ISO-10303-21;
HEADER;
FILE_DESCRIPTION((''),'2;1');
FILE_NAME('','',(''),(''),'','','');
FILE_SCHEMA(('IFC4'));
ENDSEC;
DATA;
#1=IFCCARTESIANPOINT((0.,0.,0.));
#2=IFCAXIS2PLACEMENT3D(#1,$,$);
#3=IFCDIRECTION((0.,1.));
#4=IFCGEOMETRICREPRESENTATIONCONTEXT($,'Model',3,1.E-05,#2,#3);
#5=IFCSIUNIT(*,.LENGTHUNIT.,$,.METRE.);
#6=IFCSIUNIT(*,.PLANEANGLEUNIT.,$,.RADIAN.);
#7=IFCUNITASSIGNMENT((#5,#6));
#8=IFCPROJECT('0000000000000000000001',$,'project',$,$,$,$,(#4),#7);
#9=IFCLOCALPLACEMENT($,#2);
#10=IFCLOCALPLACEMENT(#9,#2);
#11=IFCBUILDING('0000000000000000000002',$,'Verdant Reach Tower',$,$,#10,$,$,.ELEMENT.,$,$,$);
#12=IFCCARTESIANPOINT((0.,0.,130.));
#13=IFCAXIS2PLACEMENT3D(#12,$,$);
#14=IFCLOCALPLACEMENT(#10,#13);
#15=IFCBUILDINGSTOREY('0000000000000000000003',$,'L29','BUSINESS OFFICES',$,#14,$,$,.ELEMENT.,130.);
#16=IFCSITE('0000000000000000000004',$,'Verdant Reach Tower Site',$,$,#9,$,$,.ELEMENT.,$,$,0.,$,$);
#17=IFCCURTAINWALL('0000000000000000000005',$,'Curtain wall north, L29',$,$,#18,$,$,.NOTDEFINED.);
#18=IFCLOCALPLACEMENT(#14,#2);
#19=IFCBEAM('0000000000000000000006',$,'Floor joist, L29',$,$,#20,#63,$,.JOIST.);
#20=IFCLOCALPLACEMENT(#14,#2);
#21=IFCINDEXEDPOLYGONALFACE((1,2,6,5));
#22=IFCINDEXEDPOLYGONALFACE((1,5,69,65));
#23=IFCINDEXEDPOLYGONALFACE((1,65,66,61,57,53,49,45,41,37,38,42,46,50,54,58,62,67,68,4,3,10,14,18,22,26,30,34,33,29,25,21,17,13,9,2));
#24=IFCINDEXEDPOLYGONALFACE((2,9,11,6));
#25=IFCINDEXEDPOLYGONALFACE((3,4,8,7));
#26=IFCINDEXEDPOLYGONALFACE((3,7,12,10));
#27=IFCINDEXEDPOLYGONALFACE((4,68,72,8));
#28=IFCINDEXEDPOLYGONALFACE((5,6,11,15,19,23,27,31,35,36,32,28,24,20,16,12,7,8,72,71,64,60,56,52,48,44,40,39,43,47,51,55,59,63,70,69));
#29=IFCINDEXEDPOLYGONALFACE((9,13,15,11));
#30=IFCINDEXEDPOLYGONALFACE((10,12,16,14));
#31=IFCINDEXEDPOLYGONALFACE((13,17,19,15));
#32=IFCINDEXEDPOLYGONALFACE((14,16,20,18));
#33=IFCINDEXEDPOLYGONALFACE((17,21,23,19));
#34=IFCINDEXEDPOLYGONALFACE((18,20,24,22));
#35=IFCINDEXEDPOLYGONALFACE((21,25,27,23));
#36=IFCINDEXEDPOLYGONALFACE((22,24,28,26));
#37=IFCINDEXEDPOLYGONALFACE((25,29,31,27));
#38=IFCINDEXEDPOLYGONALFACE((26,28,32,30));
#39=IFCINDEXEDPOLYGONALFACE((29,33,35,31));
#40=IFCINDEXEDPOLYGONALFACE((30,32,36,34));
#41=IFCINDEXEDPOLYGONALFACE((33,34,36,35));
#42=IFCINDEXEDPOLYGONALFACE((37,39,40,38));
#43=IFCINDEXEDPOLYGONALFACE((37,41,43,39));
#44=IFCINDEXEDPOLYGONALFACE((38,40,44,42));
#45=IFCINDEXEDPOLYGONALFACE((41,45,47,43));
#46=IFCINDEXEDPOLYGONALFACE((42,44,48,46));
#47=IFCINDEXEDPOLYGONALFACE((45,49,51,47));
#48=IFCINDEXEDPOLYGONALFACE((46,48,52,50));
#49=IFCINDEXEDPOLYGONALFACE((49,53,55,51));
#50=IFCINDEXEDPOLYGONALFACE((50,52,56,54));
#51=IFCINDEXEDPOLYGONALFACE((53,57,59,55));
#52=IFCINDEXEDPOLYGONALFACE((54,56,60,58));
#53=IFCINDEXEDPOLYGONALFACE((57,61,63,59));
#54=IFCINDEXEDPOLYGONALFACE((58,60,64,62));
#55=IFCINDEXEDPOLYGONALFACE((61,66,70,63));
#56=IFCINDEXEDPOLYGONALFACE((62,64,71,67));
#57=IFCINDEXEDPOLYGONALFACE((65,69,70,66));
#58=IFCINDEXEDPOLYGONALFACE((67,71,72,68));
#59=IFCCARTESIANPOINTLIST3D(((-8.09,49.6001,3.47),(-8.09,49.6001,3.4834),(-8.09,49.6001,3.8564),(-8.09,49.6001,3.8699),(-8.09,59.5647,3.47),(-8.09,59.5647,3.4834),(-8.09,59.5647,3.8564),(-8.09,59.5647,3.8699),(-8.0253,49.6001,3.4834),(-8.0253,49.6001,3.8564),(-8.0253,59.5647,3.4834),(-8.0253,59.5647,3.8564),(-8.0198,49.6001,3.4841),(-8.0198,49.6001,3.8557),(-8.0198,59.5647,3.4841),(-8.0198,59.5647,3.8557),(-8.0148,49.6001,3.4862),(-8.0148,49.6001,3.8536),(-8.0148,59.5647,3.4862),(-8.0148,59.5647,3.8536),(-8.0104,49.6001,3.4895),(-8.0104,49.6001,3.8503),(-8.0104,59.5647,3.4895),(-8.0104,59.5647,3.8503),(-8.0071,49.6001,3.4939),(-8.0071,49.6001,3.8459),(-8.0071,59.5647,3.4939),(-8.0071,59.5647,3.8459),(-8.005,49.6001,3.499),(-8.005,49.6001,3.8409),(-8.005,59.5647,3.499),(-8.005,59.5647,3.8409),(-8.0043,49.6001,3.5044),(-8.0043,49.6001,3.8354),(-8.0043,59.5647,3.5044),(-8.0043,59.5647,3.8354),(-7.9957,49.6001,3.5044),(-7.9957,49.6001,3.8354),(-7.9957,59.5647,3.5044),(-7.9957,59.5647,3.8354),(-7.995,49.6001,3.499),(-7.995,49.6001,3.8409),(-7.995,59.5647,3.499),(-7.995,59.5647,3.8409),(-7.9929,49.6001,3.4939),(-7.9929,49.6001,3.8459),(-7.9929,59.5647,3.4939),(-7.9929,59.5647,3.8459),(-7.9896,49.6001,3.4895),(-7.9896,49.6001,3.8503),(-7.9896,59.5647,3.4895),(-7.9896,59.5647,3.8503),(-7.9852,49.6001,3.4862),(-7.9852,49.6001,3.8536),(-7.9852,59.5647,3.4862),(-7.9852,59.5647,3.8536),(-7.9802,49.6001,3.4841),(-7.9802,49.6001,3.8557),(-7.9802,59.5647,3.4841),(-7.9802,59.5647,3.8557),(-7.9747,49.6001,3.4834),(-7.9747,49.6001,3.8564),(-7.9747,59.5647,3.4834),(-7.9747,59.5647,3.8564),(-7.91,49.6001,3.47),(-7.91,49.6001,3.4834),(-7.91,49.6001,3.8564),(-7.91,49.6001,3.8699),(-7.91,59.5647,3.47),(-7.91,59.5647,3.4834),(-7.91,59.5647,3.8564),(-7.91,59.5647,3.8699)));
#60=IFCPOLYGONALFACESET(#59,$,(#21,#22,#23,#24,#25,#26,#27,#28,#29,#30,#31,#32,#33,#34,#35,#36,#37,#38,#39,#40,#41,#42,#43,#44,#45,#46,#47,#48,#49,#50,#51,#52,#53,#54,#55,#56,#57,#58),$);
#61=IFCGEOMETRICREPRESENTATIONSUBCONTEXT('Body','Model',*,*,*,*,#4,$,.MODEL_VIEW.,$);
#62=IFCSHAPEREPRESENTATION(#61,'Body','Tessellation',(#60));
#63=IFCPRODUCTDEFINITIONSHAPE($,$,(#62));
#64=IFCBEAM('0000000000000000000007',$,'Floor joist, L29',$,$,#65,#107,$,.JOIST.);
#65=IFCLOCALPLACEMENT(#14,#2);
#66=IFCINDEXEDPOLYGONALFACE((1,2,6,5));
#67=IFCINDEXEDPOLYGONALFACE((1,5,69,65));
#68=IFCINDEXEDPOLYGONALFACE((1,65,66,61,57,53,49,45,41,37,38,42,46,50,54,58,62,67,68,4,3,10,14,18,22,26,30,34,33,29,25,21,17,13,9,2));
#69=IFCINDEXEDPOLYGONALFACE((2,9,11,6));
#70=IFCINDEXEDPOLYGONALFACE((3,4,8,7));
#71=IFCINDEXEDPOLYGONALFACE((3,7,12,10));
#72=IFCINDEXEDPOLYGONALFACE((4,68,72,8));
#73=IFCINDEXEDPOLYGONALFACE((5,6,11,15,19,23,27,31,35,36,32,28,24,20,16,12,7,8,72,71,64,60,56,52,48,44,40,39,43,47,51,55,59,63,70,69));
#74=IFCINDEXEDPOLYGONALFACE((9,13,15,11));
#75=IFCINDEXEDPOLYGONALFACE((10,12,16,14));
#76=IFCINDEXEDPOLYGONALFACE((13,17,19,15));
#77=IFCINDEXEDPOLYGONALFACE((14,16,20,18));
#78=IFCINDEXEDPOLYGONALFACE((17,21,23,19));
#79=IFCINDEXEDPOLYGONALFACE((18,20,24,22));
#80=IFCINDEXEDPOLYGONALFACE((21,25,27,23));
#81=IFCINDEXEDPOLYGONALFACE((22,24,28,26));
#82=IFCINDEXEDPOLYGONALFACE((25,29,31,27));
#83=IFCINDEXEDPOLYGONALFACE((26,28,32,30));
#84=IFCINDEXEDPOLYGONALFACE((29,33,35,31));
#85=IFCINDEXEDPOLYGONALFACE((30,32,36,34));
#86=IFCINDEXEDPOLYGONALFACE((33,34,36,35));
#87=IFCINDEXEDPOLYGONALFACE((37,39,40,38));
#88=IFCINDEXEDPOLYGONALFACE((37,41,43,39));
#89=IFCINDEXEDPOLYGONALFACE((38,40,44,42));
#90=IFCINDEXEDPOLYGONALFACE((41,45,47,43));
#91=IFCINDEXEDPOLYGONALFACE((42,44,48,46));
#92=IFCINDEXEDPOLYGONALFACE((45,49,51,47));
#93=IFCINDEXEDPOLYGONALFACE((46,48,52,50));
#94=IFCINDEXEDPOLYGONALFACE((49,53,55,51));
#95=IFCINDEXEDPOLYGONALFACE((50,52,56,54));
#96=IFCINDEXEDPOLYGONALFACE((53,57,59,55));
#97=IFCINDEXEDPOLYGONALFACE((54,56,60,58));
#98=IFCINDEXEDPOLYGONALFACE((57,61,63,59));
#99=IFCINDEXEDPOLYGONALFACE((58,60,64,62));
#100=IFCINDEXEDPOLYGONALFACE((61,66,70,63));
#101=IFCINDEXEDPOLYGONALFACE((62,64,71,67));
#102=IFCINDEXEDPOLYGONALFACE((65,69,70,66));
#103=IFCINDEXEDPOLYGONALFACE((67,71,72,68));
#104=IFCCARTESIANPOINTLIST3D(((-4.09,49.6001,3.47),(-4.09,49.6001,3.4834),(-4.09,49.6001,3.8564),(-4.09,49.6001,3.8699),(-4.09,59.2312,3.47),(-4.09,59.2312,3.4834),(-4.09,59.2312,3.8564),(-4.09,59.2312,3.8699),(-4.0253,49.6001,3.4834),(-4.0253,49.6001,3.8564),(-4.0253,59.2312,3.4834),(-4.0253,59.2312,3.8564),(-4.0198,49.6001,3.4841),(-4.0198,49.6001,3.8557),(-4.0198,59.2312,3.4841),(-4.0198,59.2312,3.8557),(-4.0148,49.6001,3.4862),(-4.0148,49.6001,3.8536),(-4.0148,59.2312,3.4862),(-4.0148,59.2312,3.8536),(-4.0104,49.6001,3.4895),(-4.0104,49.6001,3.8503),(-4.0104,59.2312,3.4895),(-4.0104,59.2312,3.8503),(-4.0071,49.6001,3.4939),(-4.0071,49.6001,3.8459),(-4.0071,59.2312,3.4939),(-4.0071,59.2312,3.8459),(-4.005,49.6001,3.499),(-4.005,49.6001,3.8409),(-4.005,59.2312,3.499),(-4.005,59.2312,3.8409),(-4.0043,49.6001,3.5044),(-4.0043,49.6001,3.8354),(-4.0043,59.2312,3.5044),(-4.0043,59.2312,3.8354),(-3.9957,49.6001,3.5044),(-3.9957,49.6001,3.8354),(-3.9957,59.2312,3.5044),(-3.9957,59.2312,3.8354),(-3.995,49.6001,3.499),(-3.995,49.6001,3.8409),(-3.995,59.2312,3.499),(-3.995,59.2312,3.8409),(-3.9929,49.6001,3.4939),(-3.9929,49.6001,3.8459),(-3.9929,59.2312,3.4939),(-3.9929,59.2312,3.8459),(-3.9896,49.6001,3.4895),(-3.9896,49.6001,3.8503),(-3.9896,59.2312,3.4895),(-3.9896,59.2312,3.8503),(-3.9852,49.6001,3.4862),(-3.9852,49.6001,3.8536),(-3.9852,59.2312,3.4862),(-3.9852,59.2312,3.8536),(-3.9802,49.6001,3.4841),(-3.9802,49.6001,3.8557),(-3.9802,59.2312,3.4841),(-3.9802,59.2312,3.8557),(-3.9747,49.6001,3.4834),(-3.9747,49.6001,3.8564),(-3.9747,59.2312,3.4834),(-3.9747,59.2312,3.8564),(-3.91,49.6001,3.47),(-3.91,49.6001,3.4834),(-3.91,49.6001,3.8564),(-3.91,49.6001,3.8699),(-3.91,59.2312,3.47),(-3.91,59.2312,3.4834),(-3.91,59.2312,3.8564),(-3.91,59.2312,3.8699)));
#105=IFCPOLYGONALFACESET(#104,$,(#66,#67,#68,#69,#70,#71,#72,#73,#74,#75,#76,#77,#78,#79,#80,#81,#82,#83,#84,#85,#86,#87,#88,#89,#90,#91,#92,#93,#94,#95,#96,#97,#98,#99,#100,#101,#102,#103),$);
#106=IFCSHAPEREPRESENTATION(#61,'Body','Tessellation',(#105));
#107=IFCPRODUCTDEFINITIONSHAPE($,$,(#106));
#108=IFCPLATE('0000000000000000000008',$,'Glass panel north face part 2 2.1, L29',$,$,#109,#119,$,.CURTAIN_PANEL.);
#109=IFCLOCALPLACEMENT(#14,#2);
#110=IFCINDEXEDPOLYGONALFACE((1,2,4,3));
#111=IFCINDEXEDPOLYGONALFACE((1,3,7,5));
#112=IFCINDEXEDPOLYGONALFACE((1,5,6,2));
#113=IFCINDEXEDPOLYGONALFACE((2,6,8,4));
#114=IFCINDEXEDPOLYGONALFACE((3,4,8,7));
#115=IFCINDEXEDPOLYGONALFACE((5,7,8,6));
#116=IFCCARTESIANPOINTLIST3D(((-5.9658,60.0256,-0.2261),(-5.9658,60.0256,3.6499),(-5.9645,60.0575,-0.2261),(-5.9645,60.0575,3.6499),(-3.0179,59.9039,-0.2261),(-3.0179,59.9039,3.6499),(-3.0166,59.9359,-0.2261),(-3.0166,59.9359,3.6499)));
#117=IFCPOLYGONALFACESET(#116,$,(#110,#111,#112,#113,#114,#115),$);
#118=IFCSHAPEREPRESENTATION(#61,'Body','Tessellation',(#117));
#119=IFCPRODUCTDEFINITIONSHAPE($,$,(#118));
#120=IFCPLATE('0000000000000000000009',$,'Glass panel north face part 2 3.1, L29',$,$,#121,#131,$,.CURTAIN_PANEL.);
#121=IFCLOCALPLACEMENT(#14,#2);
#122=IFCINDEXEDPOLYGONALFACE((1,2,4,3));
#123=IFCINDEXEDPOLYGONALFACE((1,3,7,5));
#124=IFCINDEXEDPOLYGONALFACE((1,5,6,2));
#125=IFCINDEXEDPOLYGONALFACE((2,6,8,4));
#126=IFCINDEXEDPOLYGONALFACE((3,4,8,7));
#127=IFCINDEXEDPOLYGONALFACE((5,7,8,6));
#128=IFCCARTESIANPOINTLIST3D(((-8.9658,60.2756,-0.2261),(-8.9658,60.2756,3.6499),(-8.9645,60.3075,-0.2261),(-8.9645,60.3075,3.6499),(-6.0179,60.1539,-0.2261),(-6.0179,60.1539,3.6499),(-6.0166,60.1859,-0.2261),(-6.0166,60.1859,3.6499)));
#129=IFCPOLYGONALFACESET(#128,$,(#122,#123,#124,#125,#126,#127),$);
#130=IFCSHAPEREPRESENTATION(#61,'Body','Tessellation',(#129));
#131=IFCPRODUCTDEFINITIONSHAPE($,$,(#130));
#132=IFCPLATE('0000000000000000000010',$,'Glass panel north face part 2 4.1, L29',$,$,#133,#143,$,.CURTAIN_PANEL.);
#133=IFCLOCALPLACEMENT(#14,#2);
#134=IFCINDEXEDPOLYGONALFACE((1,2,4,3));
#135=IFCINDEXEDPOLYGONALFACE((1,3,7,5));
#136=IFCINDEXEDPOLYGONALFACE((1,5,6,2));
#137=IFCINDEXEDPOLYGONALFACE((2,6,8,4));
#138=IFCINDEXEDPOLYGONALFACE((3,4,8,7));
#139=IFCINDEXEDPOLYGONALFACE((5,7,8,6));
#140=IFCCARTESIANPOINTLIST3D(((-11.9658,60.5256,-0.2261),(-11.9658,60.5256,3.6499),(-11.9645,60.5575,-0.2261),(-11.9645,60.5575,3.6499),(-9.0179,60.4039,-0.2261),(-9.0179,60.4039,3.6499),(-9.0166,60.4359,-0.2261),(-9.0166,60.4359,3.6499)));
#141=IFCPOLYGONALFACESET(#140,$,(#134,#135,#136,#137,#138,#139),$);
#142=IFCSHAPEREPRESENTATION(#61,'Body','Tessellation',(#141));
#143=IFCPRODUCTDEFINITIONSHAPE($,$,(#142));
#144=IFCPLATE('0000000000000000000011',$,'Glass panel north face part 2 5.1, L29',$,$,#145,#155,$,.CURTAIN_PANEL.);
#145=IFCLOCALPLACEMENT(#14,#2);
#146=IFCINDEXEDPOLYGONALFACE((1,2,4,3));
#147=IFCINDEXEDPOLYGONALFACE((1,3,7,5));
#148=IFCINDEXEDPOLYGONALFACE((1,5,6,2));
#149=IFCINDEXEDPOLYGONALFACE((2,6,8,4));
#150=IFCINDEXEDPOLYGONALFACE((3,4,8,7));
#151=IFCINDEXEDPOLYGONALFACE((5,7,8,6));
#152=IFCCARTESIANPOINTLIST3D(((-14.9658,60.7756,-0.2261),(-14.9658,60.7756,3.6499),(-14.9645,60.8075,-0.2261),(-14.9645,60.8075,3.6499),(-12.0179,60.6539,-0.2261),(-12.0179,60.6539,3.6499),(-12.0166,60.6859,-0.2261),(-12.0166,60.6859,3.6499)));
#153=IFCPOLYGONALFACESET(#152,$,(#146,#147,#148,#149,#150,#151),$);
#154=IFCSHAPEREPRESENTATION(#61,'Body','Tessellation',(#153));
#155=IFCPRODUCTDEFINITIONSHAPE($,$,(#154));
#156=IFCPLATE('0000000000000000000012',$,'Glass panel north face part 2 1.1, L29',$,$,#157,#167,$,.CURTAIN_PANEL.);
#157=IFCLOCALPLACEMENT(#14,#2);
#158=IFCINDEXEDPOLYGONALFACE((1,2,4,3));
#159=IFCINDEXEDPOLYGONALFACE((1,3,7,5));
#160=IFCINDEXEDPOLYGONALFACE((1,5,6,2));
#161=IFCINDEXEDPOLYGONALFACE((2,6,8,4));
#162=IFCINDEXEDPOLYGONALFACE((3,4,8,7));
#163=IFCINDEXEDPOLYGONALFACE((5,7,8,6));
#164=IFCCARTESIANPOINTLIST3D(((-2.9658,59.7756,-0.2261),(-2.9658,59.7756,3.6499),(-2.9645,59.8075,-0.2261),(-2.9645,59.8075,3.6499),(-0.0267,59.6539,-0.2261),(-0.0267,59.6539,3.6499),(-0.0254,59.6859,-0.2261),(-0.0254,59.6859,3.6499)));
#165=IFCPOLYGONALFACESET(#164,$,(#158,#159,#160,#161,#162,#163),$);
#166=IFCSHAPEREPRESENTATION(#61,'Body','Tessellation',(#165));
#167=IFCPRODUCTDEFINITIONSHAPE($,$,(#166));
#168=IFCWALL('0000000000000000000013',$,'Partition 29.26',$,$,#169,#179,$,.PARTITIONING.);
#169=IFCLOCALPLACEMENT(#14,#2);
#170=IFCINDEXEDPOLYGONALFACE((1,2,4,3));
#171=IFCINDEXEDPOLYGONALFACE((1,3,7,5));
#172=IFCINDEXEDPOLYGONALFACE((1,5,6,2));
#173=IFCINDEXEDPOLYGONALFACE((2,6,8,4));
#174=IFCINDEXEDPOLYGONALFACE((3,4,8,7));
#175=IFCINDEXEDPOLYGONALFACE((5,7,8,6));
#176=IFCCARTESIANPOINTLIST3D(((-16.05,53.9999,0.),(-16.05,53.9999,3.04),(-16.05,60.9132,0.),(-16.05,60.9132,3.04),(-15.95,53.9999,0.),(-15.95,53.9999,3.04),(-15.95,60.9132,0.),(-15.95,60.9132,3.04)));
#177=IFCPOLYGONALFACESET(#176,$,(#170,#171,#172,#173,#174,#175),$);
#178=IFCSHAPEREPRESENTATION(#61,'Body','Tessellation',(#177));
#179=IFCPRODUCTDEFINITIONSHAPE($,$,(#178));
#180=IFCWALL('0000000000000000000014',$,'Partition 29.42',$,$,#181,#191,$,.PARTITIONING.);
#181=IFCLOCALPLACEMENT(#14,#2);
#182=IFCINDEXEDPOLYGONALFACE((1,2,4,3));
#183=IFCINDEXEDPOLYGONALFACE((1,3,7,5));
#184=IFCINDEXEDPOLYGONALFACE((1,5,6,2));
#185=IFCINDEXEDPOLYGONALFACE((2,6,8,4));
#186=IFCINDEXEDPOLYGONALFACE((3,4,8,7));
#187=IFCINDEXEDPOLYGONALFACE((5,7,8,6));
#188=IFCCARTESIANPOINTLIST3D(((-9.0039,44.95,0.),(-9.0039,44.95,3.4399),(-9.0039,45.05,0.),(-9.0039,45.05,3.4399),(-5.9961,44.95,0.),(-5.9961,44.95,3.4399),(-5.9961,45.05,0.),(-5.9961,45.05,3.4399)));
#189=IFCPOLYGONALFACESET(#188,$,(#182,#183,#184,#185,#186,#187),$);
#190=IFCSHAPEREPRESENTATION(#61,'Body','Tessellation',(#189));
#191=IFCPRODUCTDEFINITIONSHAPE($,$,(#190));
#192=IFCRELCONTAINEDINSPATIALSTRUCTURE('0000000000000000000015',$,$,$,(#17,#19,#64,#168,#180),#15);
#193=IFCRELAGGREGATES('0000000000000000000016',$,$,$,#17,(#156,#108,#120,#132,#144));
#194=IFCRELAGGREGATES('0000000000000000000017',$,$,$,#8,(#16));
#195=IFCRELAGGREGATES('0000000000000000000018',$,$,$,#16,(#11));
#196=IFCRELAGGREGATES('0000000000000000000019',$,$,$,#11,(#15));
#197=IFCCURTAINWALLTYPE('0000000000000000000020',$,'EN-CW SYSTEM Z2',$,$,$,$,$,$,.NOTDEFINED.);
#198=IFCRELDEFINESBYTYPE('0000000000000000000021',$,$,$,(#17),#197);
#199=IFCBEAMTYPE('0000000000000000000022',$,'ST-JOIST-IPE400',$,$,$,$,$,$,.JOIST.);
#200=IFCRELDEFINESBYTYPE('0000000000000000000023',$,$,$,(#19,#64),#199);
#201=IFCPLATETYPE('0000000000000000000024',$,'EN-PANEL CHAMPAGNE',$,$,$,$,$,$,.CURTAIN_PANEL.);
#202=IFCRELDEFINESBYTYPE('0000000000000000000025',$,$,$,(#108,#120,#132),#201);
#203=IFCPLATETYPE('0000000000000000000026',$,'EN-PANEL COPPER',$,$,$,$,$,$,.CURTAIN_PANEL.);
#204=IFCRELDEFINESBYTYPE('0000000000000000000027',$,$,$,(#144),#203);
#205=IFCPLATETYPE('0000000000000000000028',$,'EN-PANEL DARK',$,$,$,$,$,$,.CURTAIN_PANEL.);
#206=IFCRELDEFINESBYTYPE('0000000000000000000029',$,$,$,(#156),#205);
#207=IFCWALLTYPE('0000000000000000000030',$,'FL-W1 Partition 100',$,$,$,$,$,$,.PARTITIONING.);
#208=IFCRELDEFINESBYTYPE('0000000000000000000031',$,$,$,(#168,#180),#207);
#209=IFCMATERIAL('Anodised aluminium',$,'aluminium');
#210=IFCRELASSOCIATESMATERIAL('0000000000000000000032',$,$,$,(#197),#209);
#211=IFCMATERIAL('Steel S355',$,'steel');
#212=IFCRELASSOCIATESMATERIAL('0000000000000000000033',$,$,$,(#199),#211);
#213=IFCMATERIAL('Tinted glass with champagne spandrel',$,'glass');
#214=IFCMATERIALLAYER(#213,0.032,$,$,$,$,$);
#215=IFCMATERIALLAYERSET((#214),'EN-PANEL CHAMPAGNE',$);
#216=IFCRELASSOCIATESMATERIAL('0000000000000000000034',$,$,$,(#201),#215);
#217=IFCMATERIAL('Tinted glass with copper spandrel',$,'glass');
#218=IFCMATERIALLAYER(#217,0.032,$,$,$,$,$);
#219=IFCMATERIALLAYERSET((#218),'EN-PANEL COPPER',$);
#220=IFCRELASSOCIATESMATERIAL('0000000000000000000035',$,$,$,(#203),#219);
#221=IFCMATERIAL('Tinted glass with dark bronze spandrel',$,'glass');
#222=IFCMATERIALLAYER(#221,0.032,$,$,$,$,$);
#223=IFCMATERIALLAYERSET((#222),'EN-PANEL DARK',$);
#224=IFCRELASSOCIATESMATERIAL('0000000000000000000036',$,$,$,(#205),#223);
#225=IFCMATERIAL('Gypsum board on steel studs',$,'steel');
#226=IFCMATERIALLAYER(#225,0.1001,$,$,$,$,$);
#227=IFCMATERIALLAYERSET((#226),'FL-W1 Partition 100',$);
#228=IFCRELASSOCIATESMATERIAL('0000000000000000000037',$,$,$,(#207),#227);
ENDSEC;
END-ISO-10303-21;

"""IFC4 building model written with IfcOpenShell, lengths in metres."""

from ifc_helpers import new_model, si_unit, direction, frame, frame_2d, origin, origin_2d, place, context, subcontext, project, spatial, rectangle, i_section, extrude, material, layer, layer_set, material_profile, profile_set, type_object, element, aggregate, save


model = new_model("IFC4")

# Units and contexts
model_context = context("Model", 3, precision=1e-05, world=origin(), true_north=direction((0.0, 1.0)))
body_context = subcontext(model_context, "Body", "Model", "MODEL_VIEW")
ifc_project = project(units=[si_unit("LENGTHUNIT", "METRE"), si_unit("PLANEANGLEUNIT", "RADIAN")], contexts=[model_context])

# Site, building, storey
site_placement = place(None, origin())
site = spatial("IfcSite", under=ifc_project, at=site_placement, Name="Verdant Reach Tower Site", CompositionType="ELEMENT", RefElevation=0.0)
building_placement = place(site_placement, origin())
building = spatial("IfcBuilding", under=site, at=building_placement, Name="Verdant Reach Tower", CompositionType="ELEMENT")
storey_placement = place(building_placement, frame((0.0, 0.0, 130.0)))
storey = spatial("IfcBuildingStorey", under=building, at=storey_placement, Name="L29", Description="BUSINESS OFFICES", CompositionType="ELEMENT", Elevation=130.0)

# Curtain wall
ifc_material_1 = material(Name="Anodised aluminium", Category="aluminium")
curtain_wall_type = type_object("IfcCurtainWallType", Name="EN-CW SYSTEM Z2", PredefinedType="NOTDEFINED", material=ifc_material_1)
curtain_wall_placement = place(storey_placement, origin())
curtain_wall = element("IfcCurtainWall", 1, at=curtain_wall_placement, inside=storey, type_object=curtain_wall_type, Name="Curtain wall north, L29", PredefinedType="NOTDEFINED")

# Beams
ifc_material_2 = material(Name="Steel S355", Category="steel")
ifc_material_profile_1 = material_profile(ifc_material_2, i_section(OverallWidth=0.1799, OverallDepth=0.3999, WebThickness=0.0085, FlangeThickness=0.0134, FilletRadius=0.021, at=origin_2d()), Name="IPE 400")
ifc_profile_set_1 = profile_set([ifc_material_profile_1], Name="Steel S355")
beam_type_1 = type_object("IfcBeamType", Name="ST-JOIST-IPE400", PredefinedType="JOIST", material=ifc_profile_set_1)
beam_1_placement = place(storey_placement, frame((-8.0, 49.6001, 3.6699), z_axis=(0.0, 1.0, 0.0), x_axis=(-1.0, 0.0, 0.0)))
element("IfcBeam", 2, at=beam_1_placement, inside=storey, type_object=beam_type_1, Name="Floor joist, L29", PredefinedType="JOIST", context=body_context, shape_type="SweptSolid", body=[
    extrude(i_section(OverallWidth=0.1799, OverallDepth=0.3999, WebThickness=0.0085, FlangeThickness=0.0134, FilletRadius=0.021, at=origin_2d()), origin(), (0.0, 0.0, 1.0), 9.9646),
])
beam_2_placement = place(storey_placement, frame((-4.0, 49.6001, 3.6699), z_axis=(0.0, 1.0, 0.0), x_axis=(-1.0, 0.0, 0.0)))
element("IfcBeam", 3, at=beam_2_placement, inside=storey, type_object=beam_type_1, Name="Floor joist, L29", PredefinedType="JOIST", context=body_context, shape_type="SweptSolid", body=[
    extrude(i_section(OverallWidth=0.1799, OverallDepth=0.3999, WebThickness=0.0085, FlangeThickness=0.0134, FilletRadius=0.021, at=origin_2d()), origin(), (0.0, 0.0, 1.0), 9.6311),
])

# Plates
ifc_material_3 = material(Name="Tinted glass with champagne spandrel", Category="glass")
ifc_layer_1 = layer(ifc_material_3, 0.032)
ifc_layer_set_1 = layer_set([ifc_layer_1], Name="EN-PANEL CHAMPAGNE")
plate_type_1 = type_object("IfcPlateType", Name="EN-PANEL CHAMPAGNE", PredefinedType="CURTAIN_PANEL", material=ifc_layer_set_1)
plate_1_placement = place(storey_placement, frame((-4.4912, 59.9807, -0.2261), z_axis=(0.0, 0.0, 1.0), x_axis=(-0.999149, 0.041242, 0.0)))
plate_1 = element("IfcPlate", 4, at=plate_1_placement, type_object=plate_type_1, Name="Glass panel north face part 2 2.1, L29", PredefinedType="CURTAIN_PANEL", context=body_context, shape_type="SweptSolid", body=[
    extrude(rectangle(XDim=2.9504, YDim=0.032, at=origin_2d()), origin(), (0.0, 0.0, 1.0), 3.876),
])
plate_2_placement = place(storey_placement, frame((-7.4912, 60.2307, -0.2261), z_axis=(0.0, 0.0, 1.0), x_axis=(-0.999149, 0.041242, 0.0)))
plate_2 = element("IfcPlate", 5, at=plate_2_placement, type_object=plate_type_1, Name="Glass panel north face part 2 3.1, L29", PredefinedType="CURTAIN_PANEL", context=body_context, shape_type="SweptSolid", body=[
    extrude(rectangle(XDim=2.9504, YDim=0.032, at=origin_2d()), origin(), (0.0, 0.0, 1.0), 3.876),
])
plate_3_placement = place(storey_placement, frame((-10.4912, 60.4807, -0.2261), z_axis=(0.0, 0.0, 1.0), x_axis=(-0.999149, 0.041242, 0.0)))
plate_3 = element("IfcPlate", 6, at=plate_3_placement, type_object=plate_type_1, Name="Glass panel north face part 2 4.1, L29", PredefinedType="CURTAIN_PANEL", context=body_context, shape_type="SweptSolid", body=[
    extrude(rectangle(XDim=2.9504, YDim=0.032, at=origin_2d()), origin(), (0.0, 0.0, 1.0), 3.876),
])
ifc_material_4 = material(Name="Tinted glass with copper spandrel", Category="glass")
ifc_layer_2 = layer(ifc_material_4, 0.032)
ifc_layer_set_2 = layer_set([ifc_layer_2], Name="EN-PANEL COPPER")
plate_type_2 = type_object("IfcPlateType", Name="EN-PANEL COPPER", PredefinedType="CURTAIN_PANEL", material=ifc_layer_set_2)
plate_4_placement = place(storey_placement, frame((-13.4912, 60.7307, -0.2261), z_axis=(0.0, 0.0, 1.0), x_axis=(-0.999149, 0.041242, 0.0)))
plate_4 = element("IfcPlate", 7, at=plate_4_placement, type_object=plate_type_2, Name="Glass panel north face part 2 5.1, L29", PredefinedType="CURTAIN_PANEL", context=body_context, shape_type="SweptSolid", body=[
    extrude(rectangle(XDim=2.9504, YDim=0.032, at=origin_2d()), origin(), (0.0, 0.0, 1.0), 3.876),
])
ifc_material_5 = material(Name="Tinted glass with dark bronze spandrel", Category="glass")
ifc_layer_3 = layer(ifc_material_5, 0.032)
ifc_layer_set_3 = layer_set([ifc_layer_3], Name="EN-PANEL DARK")
plate_type_3 = type_object("IfcPlateType", Name="EN-PANEL DARK", PredefinedType="CURTAIN_PANEL", material=ifc_layer_set_3)
plate_5_placement = place(storey_placement, frame((-1.4956, 59.7307, -0.2261), z_axis=(0.0, 0.0, 1.0), x_axis=(-0.999144, 0.041364, 0.0)))
plate_5 = element("IfcPlate", 8, at=plate_5_placement, type_object=plate_type_3, Name="Glass panel north face part 2 1.1, L29", PredefinedType="CURTAIN_PANEL", context=body_context, shape_type="SweptSolid", body=[
    extrude(rectangle(XDim=2.9417, YDim=0.032, at=origin_2d()), origin(), (0.0, 0.0, 1.0), 3.876),
])
aggregate(curtain_wall, [plate_5, plate_1, plate_2, plate_3, plate_4])

# Walls
ifc_material_6 = material(Name="Gypsum board on steel studs", Category="steel")
ifc_layer_4 = layer(ifc_material_6, 0.1001)
ifc_layer_set_4 = layer_set([ifc_layer_4], Name="FL-W1 Partition 100")
wall_type = type_object("IfcWallType", Name="FL-W1 Partition 100", PredefinedType="PARTITIONING", material=ifc_layer_set_4)
wall_1_placement = place(storey_placement, frame((-16.0, 54.0, 0.0), z_axis=(0.0, 0.0, 1.0), x_axis=(0.0, 1.0, 0.0)))
element("IfcWall", 9, at=wall_1_placement, inside=storey, type_object=wall_type, Name="Partition 29.26", PredefinedType="PARTITIONING", context=body_context, shape_type="SweptSolid", body=[
    extrude(rectangle(XDim=6.9133, YDim=0.1001, at=frame_2d((3.4565, 0.0))), origin(), (0.0, 0.0, 1.0), 3.04),
])
wall_2_placement = place(storey_placement, frame((-5.9961, 45.0, 0.0), z_axis=(0.0, 0.0, 1.0), x_axis=(-1.0, 0.0, 0.0)))
element("IfcWall", 10, at=wall_2_placement, inside=storey, type_object=wall_type, Name="Partition 29.42", PredefinedType="PARTITIONING", context=body_context, shape_type="SweptSolid", body=[
    extrude(rectangle(XDim=3.0078, YDim=0.1001, at=frame_2d((1.5039, 0.0))), origin(), (0.0, 0.0, 1.0), 3.4399),
])

save(model, "model.ifc")
